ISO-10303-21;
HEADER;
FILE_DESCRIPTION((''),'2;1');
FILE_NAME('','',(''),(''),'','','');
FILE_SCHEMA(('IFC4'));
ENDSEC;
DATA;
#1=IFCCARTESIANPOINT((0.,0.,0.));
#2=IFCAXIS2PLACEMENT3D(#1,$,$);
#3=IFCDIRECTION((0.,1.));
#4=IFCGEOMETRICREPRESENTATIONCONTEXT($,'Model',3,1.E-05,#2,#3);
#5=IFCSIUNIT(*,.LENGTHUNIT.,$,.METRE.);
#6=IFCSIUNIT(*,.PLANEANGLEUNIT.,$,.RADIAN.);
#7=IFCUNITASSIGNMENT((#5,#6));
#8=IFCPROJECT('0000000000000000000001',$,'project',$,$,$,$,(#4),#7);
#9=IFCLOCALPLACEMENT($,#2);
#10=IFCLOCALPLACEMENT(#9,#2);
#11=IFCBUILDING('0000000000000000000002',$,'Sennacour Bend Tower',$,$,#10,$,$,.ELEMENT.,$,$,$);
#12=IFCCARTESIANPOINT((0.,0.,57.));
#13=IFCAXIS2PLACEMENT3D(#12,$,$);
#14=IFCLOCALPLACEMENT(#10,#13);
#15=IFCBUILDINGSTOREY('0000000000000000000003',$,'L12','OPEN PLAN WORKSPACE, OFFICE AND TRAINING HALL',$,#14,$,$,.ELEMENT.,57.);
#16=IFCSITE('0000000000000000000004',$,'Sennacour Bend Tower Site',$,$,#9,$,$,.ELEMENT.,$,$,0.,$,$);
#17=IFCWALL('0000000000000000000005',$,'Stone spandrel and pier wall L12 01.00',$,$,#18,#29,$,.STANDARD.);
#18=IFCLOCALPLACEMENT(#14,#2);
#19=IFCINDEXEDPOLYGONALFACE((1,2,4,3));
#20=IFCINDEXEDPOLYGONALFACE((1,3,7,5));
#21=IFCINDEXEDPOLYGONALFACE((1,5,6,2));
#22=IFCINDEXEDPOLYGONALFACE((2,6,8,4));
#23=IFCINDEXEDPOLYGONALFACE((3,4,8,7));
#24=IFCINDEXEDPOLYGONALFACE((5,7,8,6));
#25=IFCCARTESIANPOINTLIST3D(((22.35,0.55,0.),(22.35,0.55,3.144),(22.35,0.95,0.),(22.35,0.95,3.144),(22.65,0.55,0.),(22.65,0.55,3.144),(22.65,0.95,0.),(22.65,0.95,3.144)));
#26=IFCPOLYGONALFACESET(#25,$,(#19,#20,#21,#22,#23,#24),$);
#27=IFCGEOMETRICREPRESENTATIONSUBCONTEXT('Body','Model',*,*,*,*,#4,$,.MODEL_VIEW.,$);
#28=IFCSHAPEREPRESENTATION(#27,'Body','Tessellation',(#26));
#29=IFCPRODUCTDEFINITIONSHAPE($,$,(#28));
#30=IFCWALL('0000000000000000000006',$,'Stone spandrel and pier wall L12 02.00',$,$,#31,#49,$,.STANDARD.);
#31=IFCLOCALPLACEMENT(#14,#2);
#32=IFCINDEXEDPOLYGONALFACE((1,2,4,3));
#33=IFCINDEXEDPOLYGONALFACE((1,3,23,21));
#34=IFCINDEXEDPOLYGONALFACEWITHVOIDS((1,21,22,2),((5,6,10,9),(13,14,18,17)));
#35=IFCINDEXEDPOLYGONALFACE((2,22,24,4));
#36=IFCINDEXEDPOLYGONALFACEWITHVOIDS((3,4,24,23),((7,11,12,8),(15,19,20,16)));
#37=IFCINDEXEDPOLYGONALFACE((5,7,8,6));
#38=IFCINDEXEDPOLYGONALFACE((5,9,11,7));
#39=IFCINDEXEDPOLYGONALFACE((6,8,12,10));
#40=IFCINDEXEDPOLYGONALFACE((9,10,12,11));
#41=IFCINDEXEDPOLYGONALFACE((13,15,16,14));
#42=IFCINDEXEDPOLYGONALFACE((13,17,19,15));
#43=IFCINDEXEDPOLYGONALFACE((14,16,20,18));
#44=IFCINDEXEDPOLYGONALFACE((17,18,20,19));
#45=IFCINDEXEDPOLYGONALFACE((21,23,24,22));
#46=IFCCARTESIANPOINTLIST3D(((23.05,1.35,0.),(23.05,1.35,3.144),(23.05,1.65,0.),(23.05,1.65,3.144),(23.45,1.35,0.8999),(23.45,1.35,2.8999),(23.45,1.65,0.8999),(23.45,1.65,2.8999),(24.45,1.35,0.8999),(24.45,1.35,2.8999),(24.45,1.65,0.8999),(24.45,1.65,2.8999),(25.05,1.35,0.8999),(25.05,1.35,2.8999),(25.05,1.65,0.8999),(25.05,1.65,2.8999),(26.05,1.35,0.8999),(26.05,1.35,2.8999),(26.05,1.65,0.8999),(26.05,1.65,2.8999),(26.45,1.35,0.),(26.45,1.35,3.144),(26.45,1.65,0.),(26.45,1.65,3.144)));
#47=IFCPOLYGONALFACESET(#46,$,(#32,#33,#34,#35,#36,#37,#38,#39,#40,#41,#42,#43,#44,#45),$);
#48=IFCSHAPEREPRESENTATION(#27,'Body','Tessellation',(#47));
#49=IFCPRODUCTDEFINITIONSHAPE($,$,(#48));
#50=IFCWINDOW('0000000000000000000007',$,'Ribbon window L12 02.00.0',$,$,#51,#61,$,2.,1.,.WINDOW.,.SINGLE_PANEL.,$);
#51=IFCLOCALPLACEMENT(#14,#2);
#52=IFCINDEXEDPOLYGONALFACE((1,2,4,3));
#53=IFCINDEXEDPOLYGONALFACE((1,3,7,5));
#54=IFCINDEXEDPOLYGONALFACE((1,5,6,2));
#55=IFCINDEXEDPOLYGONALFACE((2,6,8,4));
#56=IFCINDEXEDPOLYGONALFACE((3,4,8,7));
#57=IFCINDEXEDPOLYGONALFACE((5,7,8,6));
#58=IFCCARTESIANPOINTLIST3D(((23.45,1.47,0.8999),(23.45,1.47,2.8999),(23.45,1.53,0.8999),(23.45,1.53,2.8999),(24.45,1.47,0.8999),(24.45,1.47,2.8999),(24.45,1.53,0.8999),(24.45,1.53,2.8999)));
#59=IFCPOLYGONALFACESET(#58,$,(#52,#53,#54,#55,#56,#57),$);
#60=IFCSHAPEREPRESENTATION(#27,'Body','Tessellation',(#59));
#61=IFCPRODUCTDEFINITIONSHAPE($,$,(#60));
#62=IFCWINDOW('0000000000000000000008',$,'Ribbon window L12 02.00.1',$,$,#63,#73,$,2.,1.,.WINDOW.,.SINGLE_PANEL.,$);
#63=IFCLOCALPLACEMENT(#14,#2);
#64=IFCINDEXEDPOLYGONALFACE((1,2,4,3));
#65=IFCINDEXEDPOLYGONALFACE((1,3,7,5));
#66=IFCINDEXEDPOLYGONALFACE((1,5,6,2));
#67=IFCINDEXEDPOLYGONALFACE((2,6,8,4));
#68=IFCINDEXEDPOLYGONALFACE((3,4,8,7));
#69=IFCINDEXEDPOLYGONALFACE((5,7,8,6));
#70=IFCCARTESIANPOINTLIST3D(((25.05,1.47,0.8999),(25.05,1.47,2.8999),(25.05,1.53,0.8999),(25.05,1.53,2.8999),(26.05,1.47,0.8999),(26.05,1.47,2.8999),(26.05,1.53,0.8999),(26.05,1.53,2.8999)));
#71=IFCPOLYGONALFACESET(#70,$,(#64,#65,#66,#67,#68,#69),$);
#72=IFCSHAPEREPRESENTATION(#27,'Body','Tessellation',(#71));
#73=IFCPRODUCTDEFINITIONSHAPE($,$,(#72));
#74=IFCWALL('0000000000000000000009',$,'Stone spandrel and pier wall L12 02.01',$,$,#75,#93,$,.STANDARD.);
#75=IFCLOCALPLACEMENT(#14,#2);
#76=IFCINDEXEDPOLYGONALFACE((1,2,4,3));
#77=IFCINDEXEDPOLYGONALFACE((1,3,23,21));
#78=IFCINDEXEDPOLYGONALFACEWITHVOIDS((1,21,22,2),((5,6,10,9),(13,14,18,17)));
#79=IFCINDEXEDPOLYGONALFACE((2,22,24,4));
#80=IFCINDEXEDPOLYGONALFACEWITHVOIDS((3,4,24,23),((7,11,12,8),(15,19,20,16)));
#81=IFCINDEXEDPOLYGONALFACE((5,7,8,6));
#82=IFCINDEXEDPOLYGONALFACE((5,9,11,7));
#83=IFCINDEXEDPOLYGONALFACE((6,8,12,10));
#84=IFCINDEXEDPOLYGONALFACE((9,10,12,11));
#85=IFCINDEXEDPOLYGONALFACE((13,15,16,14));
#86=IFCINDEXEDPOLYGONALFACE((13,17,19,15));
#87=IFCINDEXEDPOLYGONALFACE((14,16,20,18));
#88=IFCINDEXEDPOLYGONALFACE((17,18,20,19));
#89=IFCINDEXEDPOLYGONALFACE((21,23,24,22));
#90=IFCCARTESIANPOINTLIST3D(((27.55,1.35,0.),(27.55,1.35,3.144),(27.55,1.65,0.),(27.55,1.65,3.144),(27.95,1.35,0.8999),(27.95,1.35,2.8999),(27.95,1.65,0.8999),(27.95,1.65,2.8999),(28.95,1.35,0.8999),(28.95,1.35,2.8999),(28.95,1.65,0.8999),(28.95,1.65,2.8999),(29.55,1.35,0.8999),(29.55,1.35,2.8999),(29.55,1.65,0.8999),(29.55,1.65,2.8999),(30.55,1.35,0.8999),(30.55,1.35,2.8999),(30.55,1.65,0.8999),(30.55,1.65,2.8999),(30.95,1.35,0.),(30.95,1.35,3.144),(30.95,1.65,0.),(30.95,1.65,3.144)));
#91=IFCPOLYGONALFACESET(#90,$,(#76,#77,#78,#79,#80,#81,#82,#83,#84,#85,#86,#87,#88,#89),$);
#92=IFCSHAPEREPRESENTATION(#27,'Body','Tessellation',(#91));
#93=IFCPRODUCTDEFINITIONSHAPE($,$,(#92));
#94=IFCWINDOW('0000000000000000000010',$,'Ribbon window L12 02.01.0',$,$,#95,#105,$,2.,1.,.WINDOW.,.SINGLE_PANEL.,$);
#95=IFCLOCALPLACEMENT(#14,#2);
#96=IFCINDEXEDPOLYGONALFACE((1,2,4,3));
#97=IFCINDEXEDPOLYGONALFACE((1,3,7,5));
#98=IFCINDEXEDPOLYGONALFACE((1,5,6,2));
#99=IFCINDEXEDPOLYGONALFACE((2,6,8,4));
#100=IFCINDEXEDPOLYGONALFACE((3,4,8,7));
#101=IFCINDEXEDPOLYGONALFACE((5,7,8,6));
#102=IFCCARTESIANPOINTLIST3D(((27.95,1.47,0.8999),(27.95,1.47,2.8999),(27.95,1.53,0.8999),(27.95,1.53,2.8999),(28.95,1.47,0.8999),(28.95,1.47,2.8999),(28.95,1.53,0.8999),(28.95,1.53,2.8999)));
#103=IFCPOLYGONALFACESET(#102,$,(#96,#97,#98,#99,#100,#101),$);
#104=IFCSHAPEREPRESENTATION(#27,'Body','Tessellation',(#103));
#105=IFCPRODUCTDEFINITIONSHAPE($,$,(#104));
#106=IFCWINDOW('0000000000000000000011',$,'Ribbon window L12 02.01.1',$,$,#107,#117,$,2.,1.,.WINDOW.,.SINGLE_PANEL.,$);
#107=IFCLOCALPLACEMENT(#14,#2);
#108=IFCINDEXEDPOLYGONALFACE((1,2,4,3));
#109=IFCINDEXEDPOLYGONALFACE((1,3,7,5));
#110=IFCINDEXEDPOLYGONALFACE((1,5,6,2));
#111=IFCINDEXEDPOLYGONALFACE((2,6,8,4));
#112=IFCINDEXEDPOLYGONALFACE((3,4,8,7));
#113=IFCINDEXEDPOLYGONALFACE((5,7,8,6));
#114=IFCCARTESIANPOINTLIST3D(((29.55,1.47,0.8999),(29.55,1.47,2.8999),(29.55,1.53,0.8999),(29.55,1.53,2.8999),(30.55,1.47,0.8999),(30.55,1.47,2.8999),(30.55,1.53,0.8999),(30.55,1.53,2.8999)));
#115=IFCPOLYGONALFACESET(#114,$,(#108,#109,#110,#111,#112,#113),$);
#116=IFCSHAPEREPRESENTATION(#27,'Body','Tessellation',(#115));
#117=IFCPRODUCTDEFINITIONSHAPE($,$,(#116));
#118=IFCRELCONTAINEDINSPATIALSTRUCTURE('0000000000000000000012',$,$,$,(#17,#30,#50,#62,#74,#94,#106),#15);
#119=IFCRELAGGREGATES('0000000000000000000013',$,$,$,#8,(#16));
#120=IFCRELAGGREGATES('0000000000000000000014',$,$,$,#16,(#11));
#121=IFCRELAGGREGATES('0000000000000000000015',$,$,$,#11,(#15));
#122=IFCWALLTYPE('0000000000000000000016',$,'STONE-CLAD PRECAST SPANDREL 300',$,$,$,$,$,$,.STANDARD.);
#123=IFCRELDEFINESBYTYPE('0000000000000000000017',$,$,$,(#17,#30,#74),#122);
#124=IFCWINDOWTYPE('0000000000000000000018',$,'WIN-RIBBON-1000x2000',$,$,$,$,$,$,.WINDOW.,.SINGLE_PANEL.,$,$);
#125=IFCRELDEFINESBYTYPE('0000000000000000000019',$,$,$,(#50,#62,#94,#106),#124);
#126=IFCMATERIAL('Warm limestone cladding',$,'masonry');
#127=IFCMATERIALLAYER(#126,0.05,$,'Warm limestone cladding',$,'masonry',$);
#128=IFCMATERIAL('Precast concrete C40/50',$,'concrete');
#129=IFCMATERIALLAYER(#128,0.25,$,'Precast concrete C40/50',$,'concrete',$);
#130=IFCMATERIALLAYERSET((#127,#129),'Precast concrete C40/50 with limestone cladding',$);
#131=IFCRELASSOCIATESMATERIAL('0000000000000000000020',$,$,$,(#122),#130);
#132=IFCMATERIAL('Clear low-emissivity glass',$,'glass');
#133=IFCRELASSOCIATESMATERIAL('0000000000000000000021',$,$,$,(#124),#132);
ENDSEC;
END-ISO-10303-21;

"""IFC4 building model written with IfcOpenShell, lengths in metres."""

from ifc_helpers import new_model, si_unit, direction, frame, frame_2d, origin, place, context, subcontext, project, spatial, rectangle, extrude, material, layer, layer_set, type_object, element, fill, save


model = new_model("IFC4")

# Units and contexts
model_context = context("Model", 3, precision=1e-05, world=origin(), true_north=direction((0.0, 1.0)))
body_context = subcontext(model_context, "Body", "Model", "MODEL_VIEW")
ifc_project = project(units=[si_unit("LENGTHUNIT", "METRE"), si_unit("PLANEANGLEUNIT", "RADIAN")], contexts=[model_context])

# Site, building, storey
site_placement = place(None, origin())
site = spatial("IfcSite", under=ifc_project, at=site_placement, Name="Sennacour Bend Tower Site", CompositionType="ELEMENT", RefElevation=0.0)
building_placement = place(site_placement, origin())
building = spatial("IfcBuilding", under=site, at=building_placement, Name="Sennacour Bend Tower", CompositionType="ELEMENT")
storey_placement = place(building_placement, frame((0.0, 0.0, 57.0)))
storey = spatial("IfcBuildingStorey", under=building, at=storey_placement, Name="L12", Description="OPEN PLAN WORKSPACE, OFFICE AND TRAINING HALL", CompositionType="ELEMENT", Elevation=57.0)

# Wall
ifc_material_1 = material(Name="Warm limestone cladding", Category="masonry")
ifc_layer_1 = layer(ifc_material_1, 0.05, Name="Warm limestone cladding", Category="masonry")
ifc_material_2 = material(Name="Precast concrete C40/50", Category="concrete")
ifc_layer_2 = layer(ifc_material_2, 0.25, Name="Precast concrete C40/50", Category="concrete")
ifc_layer_set_1 = layer_set([ifc_layer_1, ifc_layer_2], Name="Precast concrete C40/50 with limestone cladding")
wall_type_1 = type_object("IfcWallType", Name="STONE-CLAD PRECAST SPANDREL 300", PredefinedType="STANDARD", material=ifc_layer_set_1)
wall_1_placement = place(storey_placement, frame((22.5, 0.55, 0.0), z_axis=(0.0, 0.0, 1.0), x_axis=(0.0, 1.0, 0.0)))
element("IfcWall", 1, at=wall_1_placement, inside=storey, type_object=wall_type_1, Name="Stone spandrel and pier wall L12 01.00", PredefinedType="STANDARD", context=body_context, shape_type="SweptSolid", body=[
    extrude(rectangle(XDim=0.3999, YDim=0.3, at=frame_2d((0.2, 0.0))), origin(), (0.0, 0.0, 1.0), 3.144),
])

# Walls, openings, windows
wall_2_placement = place(storey_placement, frame((23.05, 1.5, 0.0), z_axis=(0.0, 0.0, 1.0), x_axis=(1.0, 0.0, 0.0)))
wall_2 = element("IfcWall", 2, at=wall_2_placement, inside=storey, type_object=wall_type_1, Name="Stone spandrel and pier wall L12 02.00", PredefinedType="STANDARD", context=body_context, shape_type="SweptSolid", body=[
    extrude(rectangle(XDim=3.3999, YDim=0.3, at=frame_2d((1.7, 0.0))), origin(), (0.0, 0.0, 1.0), 3.144),
])
opening_1_placement = place(wall_2_placement, frame((0.3999, 0.0, 0.8999)))
opening_1 = element("IfcOpeningElement", 3, at=opening_1_placement, cuts=wall_2, PredefinedType="OPENING", context=body_context, shape_type="SweptSolid", body=[
    extrude(rectangle(XDim=1.0, YDim=2.0, at=frame_2d((0.5, 1.0))), frame((0.0, 0.1602, 0.0), z_axis=(0.0, -1.0, 0.0), x_axis=(1.0, 0.0, 0.0)), (0.0, 0.0, 1.0), 0.3201),
])
opening_2_placement = place(wall_2_placement, frame((2.0, 0.0, 0.8999)))
opening_2 = element("IfcOpeningElement", 4, at=opening_2_placement, cuts=wall_2, PredefinedType="OPENING", context=body_context, shape_type="SweptSolid", body=[
    extrude(rectangle(XDim=1.0, YDim=2.0, at=frame_2d((0.5, 1.0))), frame((0.0, 0.1602, 0.0), z_axis=(0.0, -1.0, 0.0), x_axis=(1.0, 0.0, 0.0)), (0.0, 0.0, 1.0), 0.3201),
])
ifc_material_3 = material(Name="Clear low-emissivity glass", Category="glass")
window_type = type_object("IfcWindowType", Name="WIN-RIBBON-1000x2000", PartitioningType="SINGLE_PANEL", PredefinedType="WINDOW", material=ifc_material_3)
window_1_placement = place(opening_1_placement, origin())
window_1 = element("IfcWindow", 5, at=window_1_placement, inside=storey, type_object=window_type, Name="Ribbon window L12 02.00.0", OverallHeight=2.0, OverallWidth=1.0, PartitioningType="SINGLE_PANEL", PredefinedType="WINDOW", context=body_context, shape_type="SweptSolid", body=[
    extrude(rectangle(XDim=1.0, YDim=2.0, at=frame_2d((0.5, 1.0))), frame((0.0, 0.03, 0.0), z_axis=(0.0, -1.0, 0.0), x_axis=(1.0, 0.0, 0.0)), (0.0, 0.0, 1.0), 0.0601),
])
fill(opening_1, window_1)
window_2_placement = place(opening_2_placement, origin())
window_2 = element("IfcWindow", 6, at=window_2_placement, inside=storey, type_object=window_type, Name="Ribbon window L12 02.00.1", OverallHeight=2.0, OverallWidth=1.0, PartitioningType="SINGLE_PANEL", PredefinedType="WINDOW", context=body_context, shape_type="SweptSolid", body=[
    extrude(rectangle(XDim=1.0, YDim=2.0, at=frame_2d((0.5, 1.0))), frame((0.0, 0.03, 0.0), z_axis=(0.0, -1.0, 0.0), x_axis=(1.0, 0.0, 0.0)), (0.0, 0.0, 1.0), 0.0601),
])
fill(opening_2, window_2)
wall_3_placement = place(storey_placement, frame((27.55, 1.5, 0.0), z_axis=(0.0, 0.0, 1.0), x_axis=(1.0, 0.0, 0.0)))
wall_3 = element("IfcWall", 7, at=wall_3_placement, inside=storey, type_object=wall_type_1, Name="Stone spandrel and pier wall L12 02.01", PredefinedType="STANDARD", context=body_context, shape_type="SweptSolid", body=[
    extrude(rectangle(XDim=3.3999, YDim=0.3, at=frame_2d((1.7, 0.0))), origin(), (0.0, 0.0, 1.0), 3.144),
])
opening_3_placement = place(wall_3_placement, frame((0.3999, 0.0, 0.8999)))
opening_3 = element("IfcOpeningElement", 8, at=opening_3_placement, cuts=wall_3, PredefinedType="OPENING", context=body_context, shape_type="SweptSolid", body=[
    extrude(rectangle(XDim=1.0, YDim=2.0, at=frame_2d((0.5, 1.0))), frame((0.0, 0.1602, 0.0), z_axis=(0.0, -1.0, 0.0), x_axis=(1.0, 0.0, 0.0)), (0.0, 0.0, 1.0), 0.3201),
])
opening_4_placement = place(wall_3_placement, frame((2.0, 0.0, 0.8999)))
opening_4 = element("IfcOpeningElement", 9, at=opening_4_placement, cuts=wall_3, PredefinedType="OPENING", context=body_context, shape_type="SweptSolid", body=[
    extrude(rectangle(XDim=1.0, YDim=2.0, at=frame_2d((0.5, 1.0))), frame((0.0, 0.1602, 0.0), z_axis=(0.0, -1.0, 0.0), x_axis=(1.0, 0.0, 0.0)), (0.0, 0.0, 1.0), 0.3201),
])
window_3_placement = place(opening_3_placement, origin())
window_3 = element("IfcWindow", 10, at=window_3_placement, inside=storey, type_object=window_type, Name="Ribbon window L12 02.01.0", OverallHeight=2.0, OverallWidth=1.0, PartitioningType="SINGLE_PANEL", PredefinedType="WINDOW", context=body_context, shape_type="SweptSolid", body=[
    extrude(rectangle(XDim=1.0, YDim=2.0, at=frame_2d((0.5, 1.0))), frame((0.0, 0.03, 0.0), z_axis=(0.0, -1.0, 0.0), x_axis=(1.0, 0.0, 0.0)), (0.0, 0.0, 1.0), 0.0601),
])
fill(opening_3, window_3)
window_4_placement = place(opening_4_placement, origin())
window_4 = element("IfcWindow", 11, at=window_4_placement, inside=storey, type_object=window_type, Name="Ribbon window L12 02.01.1", OverallHeight=2.0, OverallWidth=1.0, PartitioningType="SINGLE_PANEL", PredefinedType="WINDOW", context=body_context, shape_type="SweptSolid", body=[
    extrude(rectangle(XDim=1.0, YDim=2.0, at=frame_2d((0.5, 1.0))), frame((0.0, 0.03, 0.0), z_axis=(0.0, -1.0, 0.0), x_axis=(1.0, 0.0, 0.0)), (0.0, 0.0, 1.0), 0.0601),
])
fill(opening_4, window_4)

save(model, "model.ifc")
